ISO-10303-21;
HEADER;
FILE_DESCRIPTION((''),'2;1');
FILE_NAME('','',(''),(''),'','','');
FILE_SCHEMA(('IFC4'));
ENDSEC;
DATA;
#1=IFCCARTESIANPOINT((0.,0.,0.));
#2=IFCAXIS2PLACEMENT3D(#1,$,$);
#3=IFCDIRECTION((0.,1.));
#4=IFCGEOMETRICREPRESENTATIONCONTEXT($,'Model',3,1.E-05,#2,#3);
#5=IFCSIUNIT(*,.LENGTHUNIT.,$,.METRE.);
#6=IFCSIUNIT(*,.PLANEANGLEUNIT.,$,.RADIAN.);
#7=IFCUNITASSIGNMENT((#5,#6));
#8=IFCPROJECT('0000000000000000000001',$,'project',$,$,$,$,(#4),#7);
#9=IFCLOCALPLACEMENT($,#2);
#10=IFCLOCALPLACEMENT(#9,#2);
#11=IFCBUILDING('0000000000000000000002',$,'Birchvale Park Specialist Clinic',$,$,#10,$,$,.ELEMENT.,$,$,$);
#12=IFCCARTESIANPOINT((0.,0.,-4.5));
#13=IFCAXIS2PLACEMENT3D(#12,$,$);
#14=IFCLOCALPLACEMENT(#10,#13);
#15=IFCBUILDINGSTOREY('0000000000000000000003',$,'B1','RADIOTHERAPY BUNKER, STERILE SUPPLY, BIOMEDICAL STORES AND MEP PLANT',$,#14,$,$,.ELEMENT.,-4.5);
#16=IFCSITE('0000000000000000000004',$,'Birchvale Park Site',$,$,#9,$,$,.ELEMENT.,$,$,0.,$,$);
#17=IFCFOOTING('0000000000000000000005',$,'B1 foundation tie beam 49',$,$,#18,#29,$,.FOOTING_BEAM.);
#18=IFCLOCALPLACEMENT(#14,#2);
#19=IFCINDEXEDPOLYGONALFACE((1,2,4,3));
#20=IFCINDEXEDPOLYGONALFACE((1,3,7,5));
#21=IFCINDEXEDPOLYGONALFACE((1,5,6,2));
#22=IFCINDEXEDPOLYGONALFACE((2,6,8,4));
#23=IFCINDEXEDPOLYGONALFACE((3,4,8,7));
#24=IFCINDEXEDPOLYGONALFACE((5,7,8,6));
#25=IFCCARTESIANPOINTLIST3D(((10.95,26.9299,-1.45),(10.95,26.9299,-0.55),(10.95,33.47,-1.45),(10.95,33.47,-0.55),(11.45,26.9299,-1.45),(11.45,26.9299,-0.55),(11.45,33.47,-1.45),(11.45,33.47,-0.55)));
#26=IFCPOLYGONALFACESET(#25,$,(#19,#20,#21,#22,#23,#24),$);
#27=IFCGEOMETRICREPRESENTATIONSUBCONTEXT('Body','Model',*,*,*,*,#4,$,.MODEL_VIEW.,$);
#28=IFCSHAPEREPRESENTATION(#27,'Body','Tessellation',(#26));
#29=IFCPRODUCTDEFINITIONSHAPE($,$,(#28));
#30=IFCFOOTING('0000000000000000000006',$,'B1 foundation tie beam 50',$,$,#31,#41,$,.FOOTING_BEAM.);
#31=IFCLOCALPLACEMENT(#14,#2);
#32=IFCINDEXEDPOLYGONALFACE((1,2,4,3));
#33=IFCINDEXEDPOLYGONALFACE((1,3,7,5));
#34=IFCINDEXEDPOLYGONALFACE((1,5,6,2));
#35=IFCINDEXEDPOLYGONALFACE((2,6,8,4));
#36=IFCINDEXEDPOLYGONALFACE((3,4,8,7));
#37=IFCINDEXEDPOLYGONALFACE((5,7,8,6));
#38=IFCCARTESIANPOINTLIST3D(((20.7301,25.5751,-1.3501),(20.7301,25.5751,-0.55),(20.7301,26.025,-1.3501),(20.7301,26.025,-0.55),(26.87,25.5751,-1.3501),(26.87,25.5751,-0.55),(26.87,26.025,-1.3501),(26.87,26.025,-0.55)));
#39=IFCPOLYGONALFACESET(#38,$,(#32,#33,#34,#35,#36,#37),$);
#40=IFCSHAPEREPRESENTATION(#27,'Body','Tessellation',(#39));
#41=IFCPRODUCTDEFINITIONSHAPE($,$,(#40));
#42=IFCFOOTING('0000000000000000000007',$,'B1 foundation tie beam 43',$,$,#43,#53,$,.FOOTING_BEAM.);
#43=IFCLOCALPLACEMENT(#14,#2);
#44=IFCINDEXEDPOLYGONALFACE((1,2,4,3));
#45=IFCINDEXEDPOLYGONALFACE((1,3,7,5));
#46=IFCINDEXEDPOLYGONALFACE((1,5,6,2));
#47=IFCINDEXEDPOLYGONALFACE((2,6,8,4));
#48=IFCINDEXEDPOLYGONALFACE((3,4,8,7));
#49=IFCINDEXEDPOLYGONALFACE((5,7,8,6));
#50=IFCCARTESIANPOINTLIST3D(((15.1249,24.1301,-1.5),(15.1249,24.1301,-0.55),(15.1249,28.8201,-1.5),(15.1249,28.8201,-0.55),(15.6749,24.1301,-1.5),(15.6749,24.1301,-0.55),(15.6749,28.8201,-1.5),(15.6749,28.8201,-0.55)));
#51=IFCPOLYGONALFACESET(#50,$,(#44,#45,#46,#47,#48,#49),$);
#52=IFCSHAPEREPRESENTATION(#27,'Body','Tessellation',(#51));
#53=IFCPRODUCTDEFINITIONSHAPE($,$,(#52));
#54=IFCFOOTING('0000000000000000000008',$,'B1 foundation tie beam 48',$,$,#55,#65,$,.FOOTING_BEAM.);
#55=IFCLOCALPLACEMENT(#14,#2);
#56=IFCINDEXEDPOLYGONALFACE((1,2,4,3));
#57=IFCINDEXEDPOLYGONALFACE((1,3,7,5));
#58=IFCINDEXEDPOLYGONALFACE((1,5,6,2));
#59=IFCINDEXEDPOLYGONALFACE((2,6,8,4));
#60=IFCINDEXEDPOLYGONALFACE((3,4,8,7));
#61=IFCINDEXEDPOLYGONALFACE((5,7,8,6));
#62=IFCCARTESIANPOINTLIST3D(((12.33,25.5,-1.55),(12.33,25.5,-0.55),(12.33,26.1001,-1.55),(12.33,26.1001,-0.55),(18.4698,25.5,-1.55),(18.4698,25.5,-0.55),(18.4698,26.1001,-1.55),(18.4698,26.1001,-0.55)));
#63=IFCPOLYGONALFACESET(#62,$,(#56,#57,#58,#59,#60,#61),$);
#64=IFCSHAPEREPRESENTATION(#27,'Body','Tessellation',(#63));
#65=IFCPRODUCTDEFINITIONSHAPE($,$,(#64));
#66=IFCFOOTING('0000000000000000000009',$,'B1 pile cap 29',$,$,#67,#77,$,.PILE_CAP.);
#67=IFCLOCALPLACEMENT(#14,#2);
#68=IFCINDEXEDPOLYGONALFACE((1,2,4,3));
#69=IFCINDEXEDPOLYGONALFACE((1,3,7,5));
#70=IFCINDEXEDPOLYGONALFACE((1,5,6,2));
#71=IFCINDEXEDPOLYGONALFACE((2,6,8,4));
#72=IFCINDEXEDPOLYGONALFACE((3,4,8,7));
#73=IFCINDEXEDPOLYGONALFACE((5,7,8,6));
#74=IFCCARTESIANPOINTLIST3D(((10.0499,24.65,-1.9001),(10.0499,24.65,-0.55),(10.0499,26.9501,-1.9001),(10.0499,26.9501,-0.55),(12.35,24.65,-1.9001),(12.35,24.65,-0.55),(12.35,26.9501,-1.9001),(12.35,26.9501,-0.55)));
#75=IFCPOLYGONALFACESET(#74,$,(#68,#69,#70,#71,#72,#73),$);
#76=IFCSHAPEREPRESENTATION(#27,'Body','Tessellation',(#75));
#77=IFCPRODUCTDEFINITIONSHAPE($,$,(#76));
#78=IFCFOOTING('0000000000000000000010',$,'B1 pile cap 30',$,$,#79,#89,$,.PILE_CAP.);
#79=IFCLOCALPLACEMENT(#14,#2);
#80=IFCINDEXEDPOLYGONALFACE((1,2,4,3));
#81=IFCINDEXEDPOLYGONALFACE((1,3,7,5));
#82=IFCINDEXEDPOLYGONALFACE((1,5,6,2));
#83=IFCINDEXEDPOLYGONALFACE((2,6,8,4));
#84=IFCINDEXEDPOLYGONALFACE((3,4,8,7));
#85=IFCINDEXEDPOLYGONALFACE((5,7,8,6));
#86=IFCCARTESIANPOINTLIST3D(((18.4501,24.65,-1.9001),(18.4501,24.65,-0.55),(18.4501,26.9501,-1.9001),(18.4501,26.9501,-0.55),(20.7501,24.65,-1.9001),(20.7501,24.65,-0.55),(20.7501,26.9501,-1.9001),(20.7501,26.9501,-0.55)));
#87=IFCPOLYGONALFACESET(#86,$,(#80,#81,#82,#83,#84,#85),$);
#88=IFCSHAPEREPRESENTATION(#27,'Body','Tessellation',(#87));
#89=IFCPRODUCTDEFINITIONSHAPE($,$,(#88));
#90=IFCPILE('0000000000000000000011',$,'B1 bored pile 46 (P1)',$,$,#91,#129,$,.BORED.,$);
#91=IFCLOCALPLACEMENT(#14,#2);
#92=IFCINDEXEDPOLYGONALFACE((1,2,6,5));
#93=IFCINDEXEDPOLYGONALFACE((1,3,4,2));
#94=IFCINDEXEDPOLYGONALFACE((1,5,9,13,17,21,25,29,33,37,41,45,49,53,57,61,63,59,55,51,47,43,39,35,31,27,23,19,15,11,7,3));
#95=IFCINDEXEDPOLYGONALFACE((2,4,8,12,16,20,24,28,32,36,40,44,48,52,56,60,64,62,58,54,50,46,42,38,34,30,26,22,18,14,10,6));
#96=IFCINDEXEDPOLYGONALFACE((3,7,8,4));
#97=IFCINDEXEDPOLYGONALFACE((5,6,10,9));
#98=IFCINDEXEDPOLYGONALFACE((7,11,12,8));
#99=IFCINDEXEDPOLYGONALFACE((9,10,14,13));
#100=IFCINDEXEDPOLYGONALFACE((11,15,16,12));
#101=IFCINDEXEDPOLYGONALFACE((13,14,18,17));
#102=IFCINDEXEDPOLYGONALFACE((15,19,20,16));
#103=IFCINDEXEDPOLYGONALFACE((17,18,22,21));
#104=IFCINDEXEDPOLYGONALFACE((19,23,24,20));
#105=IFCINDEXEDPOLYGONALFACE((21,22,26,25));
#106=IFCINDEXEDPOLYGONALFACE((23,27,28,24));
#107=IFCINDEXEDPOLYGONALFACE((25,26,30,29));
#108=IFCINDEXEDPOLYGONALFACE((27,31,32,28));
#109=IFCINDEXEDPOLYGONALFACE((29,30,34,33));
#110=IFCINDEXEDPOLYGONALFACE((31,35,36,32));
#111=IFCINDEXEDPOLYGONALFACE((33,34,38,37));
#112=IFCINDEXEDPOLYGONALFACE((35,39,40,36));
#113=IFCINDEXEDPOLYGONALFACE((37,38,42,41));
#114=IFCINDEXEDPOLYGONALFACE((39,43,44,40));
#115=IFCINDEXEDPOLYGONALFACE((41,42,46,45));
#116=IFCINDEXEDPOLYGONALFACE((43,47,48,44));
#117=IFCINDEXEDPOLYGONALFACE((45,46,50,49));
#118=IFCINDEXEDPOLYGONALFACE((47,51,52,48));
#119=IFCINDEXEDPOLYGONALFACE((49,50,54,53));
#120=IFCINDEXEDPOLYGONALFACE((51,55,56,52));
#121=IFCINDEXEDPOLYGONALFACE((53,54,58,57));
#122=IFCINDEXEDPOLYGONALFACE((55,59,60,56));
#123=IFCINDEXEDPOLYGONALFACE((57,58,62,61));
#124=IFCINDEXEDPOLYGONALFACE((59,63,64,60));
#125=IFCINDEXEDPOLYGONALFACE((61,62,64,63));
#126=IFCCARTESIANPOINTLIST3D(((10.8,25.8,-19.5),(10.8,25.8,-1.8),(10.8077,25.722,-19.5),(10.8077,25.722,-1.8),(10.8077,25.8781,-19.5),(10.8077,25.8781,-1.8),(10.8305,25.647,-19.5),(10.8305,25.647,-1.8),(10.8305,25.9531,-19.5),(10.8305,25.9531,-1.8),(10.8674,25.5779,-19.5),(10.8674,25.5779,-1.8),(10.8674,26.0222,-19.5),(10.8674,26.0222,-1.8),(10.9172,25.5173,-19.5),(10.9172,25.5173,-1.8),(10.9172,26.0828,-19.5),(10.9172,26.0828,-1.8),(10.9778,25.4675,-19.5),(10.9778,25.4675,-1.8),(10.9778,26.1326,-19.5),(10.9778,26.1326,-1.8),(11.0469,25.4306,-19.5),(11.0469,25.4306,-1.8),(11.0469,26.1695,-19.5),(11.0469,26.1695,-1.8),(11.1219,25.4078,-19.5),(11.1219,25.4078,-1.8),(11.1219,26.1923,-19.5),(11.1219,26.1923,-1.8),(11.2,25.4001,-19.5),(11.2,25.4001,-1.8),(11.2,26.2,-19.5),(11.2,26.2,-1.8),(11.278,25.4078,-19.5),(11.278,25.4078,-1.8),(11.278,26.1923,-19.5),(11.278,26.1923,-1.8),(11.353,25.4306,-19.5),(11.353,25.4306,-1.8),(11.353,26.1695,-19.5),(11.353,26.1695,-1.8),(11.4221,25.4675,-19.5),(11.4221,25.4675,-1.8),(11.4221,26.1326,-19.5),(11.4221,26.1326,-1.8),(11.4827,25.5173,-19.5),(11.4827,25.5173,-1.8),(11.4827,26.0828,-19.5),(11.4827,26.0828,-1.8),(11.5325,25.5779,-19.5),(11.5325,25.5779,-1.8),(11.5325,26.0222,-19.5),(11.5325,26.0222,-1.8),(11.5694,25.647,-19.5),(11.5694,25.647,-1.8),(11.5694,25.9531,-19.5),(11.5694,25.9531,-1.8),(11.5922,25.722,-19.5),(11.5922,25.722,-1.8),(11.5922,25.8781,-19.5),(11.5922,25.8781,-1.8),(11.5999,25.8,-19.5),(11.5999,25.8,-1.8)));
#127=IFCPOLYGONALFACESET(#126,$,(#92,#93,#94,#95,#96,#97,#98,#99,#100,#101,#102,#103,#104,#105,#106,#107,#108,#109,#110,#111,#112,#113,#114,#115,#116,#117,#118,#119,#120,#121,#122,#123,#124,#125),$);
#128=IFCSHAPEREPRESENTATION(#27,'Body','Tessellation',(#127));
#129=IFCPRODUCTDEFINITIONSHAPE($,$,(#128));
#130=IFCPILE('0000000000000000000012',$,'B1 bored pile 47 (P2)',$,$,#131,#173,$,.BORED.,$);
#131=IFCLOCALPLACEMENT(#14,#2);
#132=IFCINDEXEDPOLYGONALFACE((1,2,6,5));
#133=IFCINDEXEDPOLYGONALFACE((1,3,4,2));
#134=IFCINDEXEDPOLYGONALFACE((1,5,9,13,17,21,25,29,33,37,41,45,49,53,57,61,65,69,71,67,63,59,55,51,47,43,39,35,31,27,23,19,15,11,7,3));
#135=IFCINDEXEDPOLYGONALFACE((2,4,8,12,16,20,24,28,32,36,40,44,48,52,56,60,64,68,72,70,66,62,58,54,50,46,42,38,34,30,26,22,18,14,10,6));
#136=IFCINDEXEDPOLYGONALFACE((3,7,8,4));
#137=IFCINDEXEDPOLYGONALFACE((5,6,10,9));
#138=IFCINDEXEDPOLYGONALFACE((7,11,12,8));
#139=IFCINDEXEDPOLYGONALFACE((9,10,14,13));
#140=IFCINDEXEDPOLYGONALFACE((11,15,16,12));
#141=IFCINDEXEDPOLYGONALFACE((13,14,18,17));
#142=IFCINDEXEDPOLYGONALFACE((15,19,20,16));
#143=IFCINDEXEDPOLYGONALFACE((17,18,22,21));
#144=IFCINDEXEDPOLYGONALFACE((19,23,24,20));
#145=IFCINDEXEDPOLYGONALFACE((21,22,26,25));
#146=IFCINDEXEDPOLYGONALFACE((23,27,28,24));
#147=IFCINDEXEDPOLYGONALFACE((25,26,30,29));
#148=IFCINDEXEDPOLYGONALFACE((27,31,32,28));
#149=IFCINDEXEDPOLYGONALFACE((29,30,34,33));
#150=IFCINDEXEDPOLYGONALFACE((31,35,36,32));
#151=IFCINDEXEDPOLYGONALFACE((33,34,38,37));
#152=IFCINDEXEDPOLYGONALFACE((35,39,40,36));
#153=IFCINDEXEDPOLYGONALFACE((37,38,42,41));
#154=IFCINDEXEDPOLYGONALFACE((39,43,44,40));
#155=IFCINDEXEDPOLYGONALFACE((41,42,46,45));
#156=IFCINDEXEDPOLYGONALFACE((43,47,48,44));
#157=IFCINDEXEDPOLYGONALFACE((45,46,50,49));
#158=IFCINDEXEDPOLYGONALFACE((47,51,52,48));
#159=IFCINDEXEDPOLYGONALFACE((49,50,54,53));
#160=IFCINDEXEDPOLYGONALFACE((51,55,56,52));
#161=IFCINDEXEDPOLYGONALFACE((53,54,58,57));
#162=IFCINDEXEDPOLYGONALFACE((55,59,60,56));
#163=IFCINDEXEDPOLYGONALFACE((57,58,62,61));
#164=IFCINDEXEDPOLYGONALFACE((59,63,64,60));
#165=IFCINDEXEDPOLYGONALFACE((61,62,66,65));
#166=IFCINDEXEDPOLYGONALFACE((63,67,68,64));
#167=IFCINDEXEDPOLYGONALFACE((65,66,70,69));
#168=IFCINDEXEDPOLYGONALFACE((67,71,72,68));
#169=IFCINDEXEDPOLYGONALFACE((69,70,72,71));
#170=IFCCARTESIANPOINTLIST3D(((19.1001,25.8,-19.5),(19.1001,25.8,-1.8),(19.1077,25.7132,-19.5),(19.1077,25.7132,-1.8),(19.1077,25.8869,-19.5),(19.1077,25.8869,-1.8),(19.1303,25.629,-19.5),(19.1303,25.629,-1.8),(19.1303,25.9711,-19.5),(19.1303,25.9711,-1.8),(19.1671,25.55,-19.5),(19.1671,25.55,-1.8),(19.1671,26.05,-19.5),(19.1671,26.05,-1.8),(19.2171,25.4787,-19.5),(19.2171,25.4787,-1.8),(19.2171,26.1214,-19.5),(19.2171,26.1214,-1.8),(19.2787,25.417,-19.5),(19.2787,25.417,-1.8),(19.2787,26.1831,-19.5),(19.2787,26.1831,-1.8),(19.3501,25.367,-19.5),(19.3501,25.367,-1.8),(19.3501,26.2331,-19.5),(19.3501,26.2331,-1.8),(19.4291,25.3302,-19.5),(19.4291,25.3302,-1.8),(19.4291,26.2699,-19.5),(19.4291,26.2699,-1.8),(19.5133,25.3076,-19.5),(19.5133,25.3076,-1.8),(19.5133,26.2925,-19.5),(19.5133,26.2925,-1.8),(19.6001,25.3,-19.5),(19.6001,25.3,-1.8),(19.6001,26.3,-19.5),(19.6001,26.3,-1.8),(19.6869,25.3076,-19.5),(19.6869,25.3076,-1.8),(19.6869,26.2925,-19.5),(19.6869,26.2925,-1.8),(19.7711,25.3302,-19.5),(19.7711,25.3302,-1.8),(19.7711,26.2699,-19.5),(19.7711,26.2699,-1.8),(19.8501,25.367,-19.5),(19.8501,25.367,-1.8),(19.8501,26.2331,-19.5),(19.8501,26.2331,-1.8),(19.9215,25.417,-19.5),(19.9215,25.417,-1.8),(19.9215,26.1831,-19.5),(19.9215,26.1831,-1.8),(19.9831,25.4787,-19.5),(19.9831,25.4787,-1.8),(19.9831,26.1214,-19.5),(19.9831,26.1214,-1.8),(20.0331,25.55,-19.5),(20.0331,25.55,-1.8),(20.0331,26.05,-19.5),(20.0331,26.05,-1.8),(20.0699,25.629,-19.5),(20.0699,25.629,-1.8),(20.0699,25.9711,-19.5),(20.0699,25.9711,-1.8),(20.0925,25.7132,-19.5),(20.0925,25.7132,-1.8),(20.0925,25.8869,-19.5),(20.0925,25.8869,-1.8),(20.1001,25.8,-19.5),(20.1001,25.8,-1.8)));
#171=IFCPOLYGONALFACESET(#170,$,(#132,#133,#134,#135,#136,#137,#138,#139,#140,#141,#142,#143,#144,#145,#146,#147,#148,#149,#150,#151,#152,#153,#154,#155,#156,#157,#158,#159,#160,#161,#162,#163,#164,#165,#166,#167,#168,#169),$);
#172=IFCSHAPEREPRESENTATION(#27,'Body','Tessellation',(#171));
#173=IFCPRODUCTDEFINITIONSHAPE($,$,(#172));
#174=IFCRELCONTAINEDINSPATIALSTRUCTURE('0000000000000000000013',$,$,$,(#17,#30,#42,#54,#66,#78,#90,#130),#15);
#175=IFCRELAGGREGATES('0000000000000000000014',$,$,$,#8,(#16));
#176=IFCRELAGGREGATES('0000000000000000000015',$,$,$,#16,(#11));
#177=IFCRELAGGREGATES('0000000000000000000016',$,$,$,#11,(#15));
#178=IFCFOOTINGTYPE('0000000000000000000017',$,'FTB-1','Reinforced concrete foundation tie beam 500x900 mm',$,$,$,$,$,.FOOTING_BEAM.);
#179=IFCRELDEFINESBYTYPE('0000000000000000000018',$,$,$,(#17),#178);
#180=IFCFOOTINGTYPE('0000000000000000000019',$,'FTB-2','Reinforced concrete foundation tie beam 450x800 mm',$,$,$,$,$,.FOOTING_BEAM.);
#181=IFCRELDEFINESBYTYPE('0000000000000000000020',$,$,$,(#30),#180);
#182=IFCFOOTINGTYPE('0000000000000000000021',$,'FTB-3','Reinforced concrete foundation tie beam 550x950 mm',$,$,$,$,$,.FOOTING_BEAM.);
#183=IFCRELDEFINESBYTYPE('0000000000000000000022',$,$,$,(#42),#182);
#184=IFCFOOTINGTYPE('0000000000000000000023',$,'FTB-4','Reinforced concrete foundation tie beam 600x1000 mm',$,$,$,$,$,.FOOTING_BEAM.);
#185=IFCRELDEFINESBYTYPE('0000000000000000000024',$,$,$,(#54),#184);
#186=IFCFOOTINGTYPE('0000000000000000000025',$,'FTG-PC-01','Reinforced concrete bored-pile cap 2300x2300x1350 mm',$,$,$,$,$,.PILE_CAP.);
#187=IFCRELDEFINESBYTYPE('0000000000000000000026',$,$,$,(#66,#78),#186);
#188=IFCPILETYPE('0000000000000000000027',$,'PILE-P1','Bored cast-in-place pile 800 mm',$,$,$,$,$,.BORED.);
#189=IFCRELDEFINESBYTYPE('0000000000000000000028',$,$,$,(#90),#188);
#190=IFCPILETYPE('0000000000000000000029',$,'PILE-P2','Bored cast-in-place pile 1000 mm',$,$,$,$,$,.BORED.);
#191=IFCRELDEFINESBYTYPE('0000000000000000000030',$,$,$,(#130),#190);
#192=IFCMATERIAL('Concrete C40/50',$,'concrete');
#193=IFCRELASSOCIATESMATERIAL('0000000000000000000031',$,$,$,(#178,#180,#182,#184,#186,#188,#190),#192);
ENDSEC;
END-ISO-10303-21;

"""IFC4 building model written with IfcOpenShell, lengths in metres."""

from ifc_helpers import new_model, si_unit, direction, frame, origin, origin_2d, place, context, subcontext, project, spatial, rectangle, circle, extrude, material, material_profile, profile_set, type_object, element, save


model = new_model("IFC4")

# Units and contexts
model_context = context("Model", 3, precision=1e-05, world=origin(), true_north=direction((0.0, 1.0)))
body_context = subcontext(model_context, "Body", "Model", "MODEL_VIEW")
ifc_project = project(units=[si_unit("LENGTHUNIT", "METRE"), si_unit("PLANEANGLEUNIT", "RADIAN")], contexts=[model_context])

# Site, building, storey
site_placement = place(None, origin())
site = spatial("IfcSite", under=ifc_project, at=site_placement, Name="Birchvale Park Site", CompositionType="ELEMENT", RefElevation=0.0)
building_placement = place(site_placement, origin())
building = spatial("IfcBuilding", under=site, at=building_placement, Name="Birchvale Park Specialist Clinic", CompositionType="ELEMENT")
storey_placement = place(building_placement, frame((0.0, 0.0, -4.5)))
storey = spatial("IfcBuildingStorey", under=building, at=storey_placement, Name="B1", Description="RADIOTHERAPY BUNKER, STERILE SUPPLY, BIOMEDICAL STORES AND MEP PLANT", CompositionType="ELEMENT", Elevation=-4.5)

# Footings
ifc_material_1 = material(Name="Concrete C40/50", Category="concrete")
footing_type_1 = type_object("IfcFootingType", Name="FTB-1", Description="Reinforced concrete foundation tie beam 500x900 mm", PredefinedType="FOOTING_BEAM", material=ifc_material_1)
footing_1_placement = place(storey_placement, frame((11.2, 30.2, -1.45), z_axis=(0.0, 0.0, 1.0), x_axis=(1.0, 0.0, 0.0)))
element("IfcFooting", 1, at=footing_1_placement, inside=storey, type_object=footing_type_1, Name="B1 foundation tie beam 49", PredefinedType="FOOTING_BEAM", context=body_context, shape_type="SweptSolid", body=[
    extrude(rectangle(XDim=0.5, YDim=6.54, at=origin_2d()), origin(), (0.0, 0.0, 1.0), 0.8999),
])
footing_type_2 = type_object("IfcFootingType", Name="FTB-2", Description="Reinforced concrete foundation tie beam 450x800 mm", PredefinedType="FOOTING_BEAM", material=ifc_material_1)
footing_2_placement = place(storey_placement, frame((23.8, 25.8, -1.3501), z_axis=(0.0, 0.0, 1.0), x_axis=(1.0, 0.0, 0.0)))
element("IfcFooting", 2, at=footing_2_placement, inside=storey, type_object=footing_type_2, Name="B1 foundation tie beam 50", PredefinedType="FOOTING_BEAM", context=body_context, shape_type="SweptSolid", body=[
    extrude(rectangle(XDim=6.1399, YDim=0.45, at=origin_2d()), origin(), (0.0, 0.0, 1.0), 0.8),
])
footing_type_3 = type_object("IfcFootingType", Name="FTB-3", Description="Reinforced concrete foundation tie beam 550x950 mm", PredefinedType="FOOTING_BEAM", material=ifc_material_1)
footing_3_placement = place(storey_placement, frame((15.3999, 26.4751, -1.5), z_axis=(0.0, 0.0, 1.0), x_axis=(1.0, 0.0, 0.0)))
element("IfcFooting", 3, at=footing_3_placement, inside=storey, type_object=footing_type_3, Name="B1 foundation tie beam 43", PredefinedType="FOOTING_BEAM", context=body_context, shape_type="SweptSolid", body=[
    extrude(rectangle(XDim=0.55, YDim=4.6899, at=origin_2d()), origin(), (0.0, 0.0, 1.0), 0.95),
])
footing_type_4 = type_object("IfcFootingType", Name="FTB-4", Description="Reinforced concrete foundation tie beam 600x1000 mm", PredefinedType="FOOTING_BEAM", material=ifc_material_1)
footing_4_placement = place(storey_placement, frame((15.3999, 25.8, -1.55), z_axis=(0.0, 0.0, 1.0), x_axis=(1.0, 0.0, 0.0)))
element("IfcFooting", 4, at=footing_4_placement, inside=storey, type_object=footing_type_4, Name="B1 foundation tie beam 48", PredefinedType="FOOTING_BEAM", context=body_context, shape_type="SweptSolid", body=[
    extrude(rectangle(XDim=6.1399, YDim=0.6001, at=origin_2d()), origin(), (0.0, 0.0, 1.0), 1.0),
])
footing_type_5 = type_object("IfcFootingType", Name="FTG-PC-01", Description="Reinforced concrete bored-pile cap 2300x2300x1350 mm", PredefinedType="PILE_CAP", material=ifc_material_1)
for number, where, z_axis, x_axis, name in (
    (5, (11.2, 25.8, -1.9001), (0.0, 0.0, 1.0), (1.0, 0.0, 0.0), "B1 pile cap 29"),
    (6, (19.6001, 25.8, -1.9001), (0.0, 0.0, 1.0), (1.0, 0.0, 0.0), "B1 pile cap 30"),
):
    element("IfcFooting", number, at=place(storey_placement, frame(where, z_axis=z_axis, x_axis=x_axis)), inside=storey, type_object=footing_type_5, Name=name, PredefinedType="PILE_CAP", context=body_context, shape_type="SweptSolid", body=[
        extrude(rectangle(XDim=2.3, YDim=2.3, at=origin_2d()), origin(), (0.0, 0.0, 1.0), 1.3501),
    ])

# Piles
ifc_material_profile_1 = material_profile(ifc_material_1, circle(Radius=0.3999, at=origin_2d()), Name="PILE-800")
ifc_profile_set_1 = profile_set([ifc_material_profile_1], Name="Concrete C40/50")
pile_type_1 = type_object("IfcPileType", Name="PILE-P1", Description="Bored cast-in-place pile 800 mm", PredefinedType="BORED", material=ifc_profile_set_1)
pile_1_placement = place(storey_placement, frame((11.2, 25.8, -1.8), z_axis=(0.0, 0.0, -1.0), x_axis=(1.0, 0.0, 0.0)))
element("IfcPile", 7, at=pile_1_placement, inside=storey, type_object=pile_type_1, Name="B1 bored pile 46 (P1)", PredefinedType="BORED", context=body_context, shape_type="SweptSolid", body=[
    extrude(circle(Radius=0.3999, at=origin_2d()), origin(), (0.0, 0.0, 1.0), 17.7),
])
ifc_material_profile_2 = material_profile(ifc_material_1, circle(Radius=0.5, at=origin_2d()), Name="PILE-1000")
ifc_profile_set_2 = profile_set([ifc_material_profile_2], Name="Concrete C40/50")
pile_type_2 = type_object("IfcPileType", Name="PILE-P2", Description="Bored cast-in-place pile 1000 mm", PredefinedType="BORED", material=ifc_profile_set_2)
pile_2_placement = place(storey_placement, frame((19.6001, 25.8, -1.8), z_axis=(0.0, 0.0, -1.0), x_axis=(1.0, 0.0, 0.0)))
element("IfcPile", 8, at=pile_2_placement, inside=storey, type_object=pile_type_2, Name="B1 bored pile 47 (P2)", PredefinedType="BORED", context=body_context, shape_type="SweptSolid", body=[
    extrude(circle(Radius=0.5, at=origin_2d()), origin(), (0.0, 0.0, 1.0), 17.7),
])

save(model, "model.ifc")
